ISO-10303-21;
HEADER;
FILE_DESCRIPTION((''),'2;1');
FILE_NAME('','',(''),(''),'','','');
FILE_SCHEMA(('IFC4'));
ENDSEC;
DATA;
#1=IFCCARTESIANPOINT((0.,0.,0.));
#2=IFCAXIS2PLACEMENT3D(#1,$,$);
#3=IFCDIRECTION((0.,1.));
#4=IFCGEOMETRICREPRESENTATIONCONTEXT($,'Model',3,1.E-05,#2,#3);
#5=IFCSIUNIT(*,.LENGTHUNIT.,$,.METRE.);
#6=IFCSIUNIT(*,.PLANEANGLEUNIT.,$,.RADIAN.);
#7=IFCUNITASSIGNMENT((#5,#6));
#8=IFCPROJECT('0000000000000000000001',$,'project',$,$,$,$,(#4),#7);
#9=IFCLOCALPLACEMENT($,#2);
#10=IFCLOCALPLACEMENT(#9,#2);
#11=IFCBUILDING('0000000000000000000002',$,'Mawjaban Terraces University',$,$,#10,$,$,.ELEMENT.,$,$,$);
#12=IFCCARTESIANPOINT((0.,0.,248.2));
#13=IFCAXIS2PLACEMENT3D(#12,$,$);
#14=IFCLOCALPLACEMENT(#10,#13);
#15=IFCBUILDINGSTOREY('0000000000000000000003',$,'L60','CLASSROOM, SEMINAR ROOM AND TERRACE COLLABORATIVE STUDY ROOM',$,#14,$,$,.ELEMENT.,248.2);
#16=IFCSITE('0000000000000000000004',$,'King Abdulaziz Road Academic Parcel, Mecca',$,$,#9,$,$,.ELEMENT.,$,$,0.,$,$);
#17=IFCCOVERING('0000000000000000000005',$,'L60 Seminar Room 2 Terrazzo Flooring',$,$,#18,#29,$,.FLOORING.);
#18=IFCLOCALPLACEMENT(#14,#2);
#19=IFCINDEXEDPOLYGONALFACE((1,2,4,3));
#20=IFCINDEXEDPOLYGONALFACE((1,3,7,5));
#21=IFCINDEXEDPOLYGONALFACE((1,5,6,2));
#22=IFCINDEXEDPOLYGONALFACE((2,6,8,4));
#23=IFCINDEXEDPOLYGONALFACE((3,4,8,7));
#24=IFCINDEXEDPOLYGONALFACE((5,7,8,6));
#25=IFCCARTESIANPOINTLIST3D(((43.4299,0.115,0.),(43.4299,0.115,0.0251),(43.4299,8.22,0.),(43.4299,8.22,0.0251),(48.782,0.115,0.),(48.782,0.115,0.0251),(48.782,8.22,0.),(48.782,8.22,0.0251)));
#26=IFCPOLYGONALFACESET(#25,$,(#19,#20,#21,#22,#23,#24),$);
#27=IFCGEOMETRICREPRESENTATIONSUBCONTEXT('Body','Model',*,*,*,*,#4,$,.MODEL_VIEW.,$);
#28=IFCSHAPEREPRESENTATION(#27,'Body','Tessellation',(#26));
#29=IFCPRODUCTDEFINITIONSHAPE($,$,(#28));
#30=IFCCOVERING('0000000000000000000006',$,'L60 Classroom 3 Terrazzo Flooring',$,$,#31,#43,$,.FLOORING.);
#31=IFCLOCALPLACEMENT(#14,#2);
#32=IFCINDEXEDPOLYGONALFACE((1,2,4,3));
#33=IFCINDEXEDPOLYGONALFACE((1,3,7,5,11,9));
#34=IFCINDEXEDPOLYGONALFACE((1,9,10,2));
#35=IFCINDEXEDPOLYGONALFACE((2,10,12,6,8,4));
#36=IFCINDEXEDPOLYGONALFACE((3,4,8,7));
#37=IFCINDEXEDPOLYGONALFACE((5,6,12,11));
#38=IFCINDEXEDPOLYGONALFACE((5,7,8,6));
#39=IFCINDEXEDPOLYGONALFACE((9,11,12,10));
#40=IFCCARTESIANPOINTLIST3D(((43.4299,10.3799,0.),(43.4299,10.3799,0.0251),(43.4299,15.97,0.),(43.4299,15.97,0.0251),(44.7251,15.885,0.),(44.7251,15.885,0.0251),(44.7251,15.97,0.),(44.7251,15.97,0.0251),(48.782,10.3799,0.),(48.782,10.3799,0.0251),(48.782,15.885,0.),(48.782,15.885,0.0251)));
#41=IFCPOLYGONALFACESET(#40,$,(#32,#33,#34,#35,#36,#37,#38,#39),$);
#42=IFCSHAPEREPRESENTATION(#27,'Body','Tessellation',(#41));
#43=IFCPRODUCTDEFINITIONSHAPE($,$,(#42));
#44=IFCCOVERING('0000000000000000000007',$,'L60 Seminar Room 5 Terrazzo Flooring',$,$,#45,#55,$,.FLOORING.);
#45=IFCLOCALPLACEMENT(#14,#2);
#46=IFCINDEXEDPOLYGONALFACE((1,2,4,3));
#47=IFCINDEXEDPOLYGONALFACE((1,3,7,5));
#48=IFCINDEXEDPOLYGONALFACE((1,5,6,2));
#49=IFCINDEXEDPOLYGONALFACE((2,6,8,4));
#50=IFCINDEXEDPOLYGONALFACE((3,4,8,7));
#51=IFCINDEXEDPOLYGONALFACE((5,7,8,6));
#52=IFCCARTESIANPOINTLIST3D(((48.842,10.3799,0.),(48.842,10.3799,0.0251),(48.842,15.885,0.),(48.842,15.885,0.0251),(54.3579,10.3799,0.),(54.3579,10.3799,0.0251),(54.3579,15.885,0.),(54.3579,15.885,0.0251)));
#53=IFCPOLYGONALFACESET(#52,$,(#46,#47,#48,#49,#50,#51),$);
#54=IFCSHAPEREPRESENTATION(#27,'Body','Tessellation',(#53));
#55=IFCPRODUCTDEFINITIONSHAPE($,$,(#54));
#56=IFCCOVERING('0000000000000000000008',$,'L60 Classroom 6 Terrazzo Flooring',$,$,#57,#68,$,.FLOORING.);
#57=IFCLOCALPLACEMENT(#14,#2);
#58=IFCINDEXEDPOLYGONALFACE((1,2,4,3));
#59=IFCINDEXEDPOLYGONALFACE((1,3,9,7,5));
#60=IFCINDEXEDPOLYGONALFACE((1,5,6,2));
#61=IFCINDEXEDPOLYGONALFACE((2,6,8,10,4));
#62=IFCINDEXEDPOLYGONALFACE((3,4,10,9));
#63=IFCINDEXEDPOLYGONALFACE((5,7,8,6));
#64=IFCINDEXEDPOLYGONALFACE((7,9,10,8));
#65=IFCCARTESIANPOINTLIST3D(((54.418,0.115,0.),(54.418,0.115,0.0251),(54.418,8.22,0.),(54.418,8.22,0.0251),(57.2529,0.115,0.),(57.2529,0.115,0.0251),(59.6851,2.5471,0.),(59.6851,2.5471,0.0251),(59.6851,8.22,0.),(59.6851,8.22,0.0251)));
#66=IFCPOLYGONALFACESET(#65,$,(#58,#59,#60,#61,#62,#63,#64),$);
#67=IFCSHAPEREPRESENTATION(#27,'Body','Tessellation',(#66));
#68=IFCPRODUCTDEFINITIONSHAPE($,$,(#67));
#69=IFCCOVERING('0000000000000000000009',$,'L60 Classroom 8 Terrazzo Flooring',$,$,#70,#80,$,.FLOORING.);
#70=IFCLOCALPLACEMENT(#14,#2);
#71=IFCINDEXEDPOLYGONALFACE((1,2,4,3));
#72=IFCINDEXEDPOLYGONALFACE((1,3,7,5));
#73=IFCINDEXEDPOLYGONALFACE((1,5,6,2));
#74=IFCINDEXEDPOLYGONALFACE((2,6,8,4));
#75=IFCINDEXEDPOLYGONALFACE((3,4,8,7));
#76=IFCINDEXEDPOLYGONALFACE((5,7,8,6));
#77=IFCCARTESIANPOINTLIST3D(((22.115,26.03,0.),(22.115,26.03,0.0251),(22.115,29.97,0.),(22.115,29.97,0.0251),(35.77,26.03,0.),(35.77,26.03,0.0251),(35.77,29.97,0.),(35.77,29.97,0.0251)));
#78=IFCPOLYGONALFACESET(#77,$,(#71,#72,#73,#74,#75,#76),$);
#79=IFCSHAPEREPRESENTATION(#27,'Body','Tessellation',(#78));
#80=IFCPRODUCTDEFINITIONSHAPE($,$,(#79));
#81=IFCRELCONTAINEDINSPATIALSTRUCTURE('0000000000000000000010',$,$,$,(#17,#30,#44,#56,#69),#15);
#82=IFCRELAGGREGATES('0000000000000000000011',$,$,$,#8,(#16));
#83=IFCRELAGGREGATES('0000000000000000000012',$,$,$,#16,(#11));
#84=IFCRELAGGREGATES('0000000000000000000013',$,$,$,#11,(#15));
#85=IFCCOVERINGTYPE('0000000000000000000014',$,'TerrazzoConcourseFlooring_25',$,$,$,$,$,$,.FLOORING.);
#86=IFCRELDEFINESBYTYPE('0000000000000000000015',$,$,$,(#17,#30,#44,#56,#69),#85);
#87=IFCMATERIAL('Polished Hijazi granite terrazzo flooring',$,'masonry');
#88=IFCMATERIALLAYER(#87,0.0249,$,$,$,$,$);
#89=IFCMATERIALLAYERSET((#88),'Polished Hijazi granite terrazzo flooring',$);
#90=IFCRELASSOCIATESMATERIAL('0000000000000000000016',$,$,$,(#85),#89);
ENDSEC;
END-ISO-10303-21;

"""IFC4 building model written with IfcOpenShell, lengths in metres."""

from ifc_helpers import new_model, si_unit, direction, frame, origin, place, context, subcontext, project, spatial, polyline, outline, extrude, material, layer, layer_set, type_object, element, save


model = new_model("IFC4")

# Units and contexts
model_context = context("Model", 3, precision=1e-05, world=origin(), true_north=direction((0.0, 1.0)))
body_context = subcontext(model_context, "Body", "Model", "MODEL_VIEW")
ifc_project = project(units=[si_unit("LENGTHUNIT", "METRE"), si_unit("PLANEANGLEUNIT", "RADIAN")], contexts=[model_context])

# Site, building, storey
site_placement = place(None, origin())
site = spatial("IfcSite", under=ifc_project, at=site_placement, Name="King Abdulaziz Road Academic Parcel, Mecca", CompositionType="ELEMENT", RefElevation=0.0)
building_placement = place(site_placement, origin())
building = spatial("IfcBuilding", under=site, at=building_placement, Name="Mawjaban Terraces University", CompositionType="ELEMENT")
storey_placement = place(building_placement, frame((0.0, 0.0, 248.2)))
storey = spatial("IfcBuildingStorey", under=building, at=storey_placement, Name="L60", Description="CLASSROOM, SEMINAR ROOM AND TERRACE COLLABORATIVE STUDY ROOM", CompositionType="ELEMENT", Elevation=248.2)

# Coverings
ifc_material_1 = material(Name="Polished Hijazi granite terrazzo flooring", Category="masonry")
ifc_layer_1 = layer(ifc_material_1, 0.0249)
ifc_layer_set_1 = layer_set([ifc_layer_1], Name="Polished Hijazi granite terrazzo flooring")
covering_type_1 = type_object("IfcCoveringType", Name="TerrazzoConcourseFlooring_25", PredefinedType="FLOORING", material=ifc_layer_set_1)
covering_1_placement = place(storey_placement, origin())
element("IfcCovering", 1, at=covering_1_placement, inside=storey, type_object=covering_type_1, Name="L60 Seminar Room 2 Terrazzo Flooring", PredefinedType="FLOORING", context=body_context, shape_type="SweptSolid", body=[
    extrude(outline(polyline([(43.4299, 0.115), (48.782, 0.115), (48.782, 8.22), (43.4299, 8.22), (43.4299, 0.115)])), origin(), (0.0, 0.0, 1.0), 0.0251),
])
covering_2_placement = place(storey_placement, origin())
element("IfcCovering", 2, at=covering_2_placement, inside=storey, type_object=covering_type_1, Name="L60 Classroom 3 Terrazzo Flooring", PredefinedType="FLOORING", context=body_context, shape_type="SweptSolid", body=[
    extrude(outline(polyline([(48.782, 15.885), (44.7251, 15.885), (44.7251, 15.97), (43.4299, 15.97), (43.4299, 10.3799), (48.782, 10.3799), (48.782, 15.885)])), origin(), (0.0, 0.0, 1.0), 0.0251),
])
covering_3_placement = place(storey_placement, origin())
element("IfcCovering", 3, at=covering_3_placement, inside=storey, type_object=covering_type_1, Name="L60 Seminar Room 5 Terrazzo Flooring", PredefinedType="FLOORING", context=body_context, shape_type="SweptSolid", body=[
    extrude(outline(polyline([(54.3579, 15.885), (48.842, 15.885), (48.842, 10.3799), (54.3579, 10.3799), (54.3579, 15.885)])), origin(), (0.0, 0.0, 1.0), 0.0251),
])
covering_4_placement = place(storey_placement, origin())
element("IfcCovering", 4, at=covering_4_placement, inside=storey, type_object=covering_type_1, Name="L60 Classroom 6 Terrazzo Flooring", PredefinedType="FLOORING", context=body_context, shape_type="SweptSolid", body=[
    extrude(outline(polyline([(54.418, 0.115), (57.2529, 0.115), (59.6851, 2.5471), (59.6851, 8.22), (54.418, 8.22), (54.418, 0.115)])), origin(), (0.0, 0.0, 1.0), 0.0251),
])
covering_5_placement = place(storey_placement, origin())
element("IfcCovering", 5, at=covering_5_placement, inside=storey, type_object=covering_type_1, Name="L60 Classroom 8 Terrazzo Flooring", PredefinedType="FLOORING", context=body_context, shape_type="SweptSolid", body=[
    extrude(outline(polyline([(22.115, 29.97), (22.115, 26.03), (35.77, 26.03), (35.77, 29.97), (22.115, 29.97)])), origin(), (0.0, 0.0, 1.0), 0.0251),
])

save(model, "model.ifc")
